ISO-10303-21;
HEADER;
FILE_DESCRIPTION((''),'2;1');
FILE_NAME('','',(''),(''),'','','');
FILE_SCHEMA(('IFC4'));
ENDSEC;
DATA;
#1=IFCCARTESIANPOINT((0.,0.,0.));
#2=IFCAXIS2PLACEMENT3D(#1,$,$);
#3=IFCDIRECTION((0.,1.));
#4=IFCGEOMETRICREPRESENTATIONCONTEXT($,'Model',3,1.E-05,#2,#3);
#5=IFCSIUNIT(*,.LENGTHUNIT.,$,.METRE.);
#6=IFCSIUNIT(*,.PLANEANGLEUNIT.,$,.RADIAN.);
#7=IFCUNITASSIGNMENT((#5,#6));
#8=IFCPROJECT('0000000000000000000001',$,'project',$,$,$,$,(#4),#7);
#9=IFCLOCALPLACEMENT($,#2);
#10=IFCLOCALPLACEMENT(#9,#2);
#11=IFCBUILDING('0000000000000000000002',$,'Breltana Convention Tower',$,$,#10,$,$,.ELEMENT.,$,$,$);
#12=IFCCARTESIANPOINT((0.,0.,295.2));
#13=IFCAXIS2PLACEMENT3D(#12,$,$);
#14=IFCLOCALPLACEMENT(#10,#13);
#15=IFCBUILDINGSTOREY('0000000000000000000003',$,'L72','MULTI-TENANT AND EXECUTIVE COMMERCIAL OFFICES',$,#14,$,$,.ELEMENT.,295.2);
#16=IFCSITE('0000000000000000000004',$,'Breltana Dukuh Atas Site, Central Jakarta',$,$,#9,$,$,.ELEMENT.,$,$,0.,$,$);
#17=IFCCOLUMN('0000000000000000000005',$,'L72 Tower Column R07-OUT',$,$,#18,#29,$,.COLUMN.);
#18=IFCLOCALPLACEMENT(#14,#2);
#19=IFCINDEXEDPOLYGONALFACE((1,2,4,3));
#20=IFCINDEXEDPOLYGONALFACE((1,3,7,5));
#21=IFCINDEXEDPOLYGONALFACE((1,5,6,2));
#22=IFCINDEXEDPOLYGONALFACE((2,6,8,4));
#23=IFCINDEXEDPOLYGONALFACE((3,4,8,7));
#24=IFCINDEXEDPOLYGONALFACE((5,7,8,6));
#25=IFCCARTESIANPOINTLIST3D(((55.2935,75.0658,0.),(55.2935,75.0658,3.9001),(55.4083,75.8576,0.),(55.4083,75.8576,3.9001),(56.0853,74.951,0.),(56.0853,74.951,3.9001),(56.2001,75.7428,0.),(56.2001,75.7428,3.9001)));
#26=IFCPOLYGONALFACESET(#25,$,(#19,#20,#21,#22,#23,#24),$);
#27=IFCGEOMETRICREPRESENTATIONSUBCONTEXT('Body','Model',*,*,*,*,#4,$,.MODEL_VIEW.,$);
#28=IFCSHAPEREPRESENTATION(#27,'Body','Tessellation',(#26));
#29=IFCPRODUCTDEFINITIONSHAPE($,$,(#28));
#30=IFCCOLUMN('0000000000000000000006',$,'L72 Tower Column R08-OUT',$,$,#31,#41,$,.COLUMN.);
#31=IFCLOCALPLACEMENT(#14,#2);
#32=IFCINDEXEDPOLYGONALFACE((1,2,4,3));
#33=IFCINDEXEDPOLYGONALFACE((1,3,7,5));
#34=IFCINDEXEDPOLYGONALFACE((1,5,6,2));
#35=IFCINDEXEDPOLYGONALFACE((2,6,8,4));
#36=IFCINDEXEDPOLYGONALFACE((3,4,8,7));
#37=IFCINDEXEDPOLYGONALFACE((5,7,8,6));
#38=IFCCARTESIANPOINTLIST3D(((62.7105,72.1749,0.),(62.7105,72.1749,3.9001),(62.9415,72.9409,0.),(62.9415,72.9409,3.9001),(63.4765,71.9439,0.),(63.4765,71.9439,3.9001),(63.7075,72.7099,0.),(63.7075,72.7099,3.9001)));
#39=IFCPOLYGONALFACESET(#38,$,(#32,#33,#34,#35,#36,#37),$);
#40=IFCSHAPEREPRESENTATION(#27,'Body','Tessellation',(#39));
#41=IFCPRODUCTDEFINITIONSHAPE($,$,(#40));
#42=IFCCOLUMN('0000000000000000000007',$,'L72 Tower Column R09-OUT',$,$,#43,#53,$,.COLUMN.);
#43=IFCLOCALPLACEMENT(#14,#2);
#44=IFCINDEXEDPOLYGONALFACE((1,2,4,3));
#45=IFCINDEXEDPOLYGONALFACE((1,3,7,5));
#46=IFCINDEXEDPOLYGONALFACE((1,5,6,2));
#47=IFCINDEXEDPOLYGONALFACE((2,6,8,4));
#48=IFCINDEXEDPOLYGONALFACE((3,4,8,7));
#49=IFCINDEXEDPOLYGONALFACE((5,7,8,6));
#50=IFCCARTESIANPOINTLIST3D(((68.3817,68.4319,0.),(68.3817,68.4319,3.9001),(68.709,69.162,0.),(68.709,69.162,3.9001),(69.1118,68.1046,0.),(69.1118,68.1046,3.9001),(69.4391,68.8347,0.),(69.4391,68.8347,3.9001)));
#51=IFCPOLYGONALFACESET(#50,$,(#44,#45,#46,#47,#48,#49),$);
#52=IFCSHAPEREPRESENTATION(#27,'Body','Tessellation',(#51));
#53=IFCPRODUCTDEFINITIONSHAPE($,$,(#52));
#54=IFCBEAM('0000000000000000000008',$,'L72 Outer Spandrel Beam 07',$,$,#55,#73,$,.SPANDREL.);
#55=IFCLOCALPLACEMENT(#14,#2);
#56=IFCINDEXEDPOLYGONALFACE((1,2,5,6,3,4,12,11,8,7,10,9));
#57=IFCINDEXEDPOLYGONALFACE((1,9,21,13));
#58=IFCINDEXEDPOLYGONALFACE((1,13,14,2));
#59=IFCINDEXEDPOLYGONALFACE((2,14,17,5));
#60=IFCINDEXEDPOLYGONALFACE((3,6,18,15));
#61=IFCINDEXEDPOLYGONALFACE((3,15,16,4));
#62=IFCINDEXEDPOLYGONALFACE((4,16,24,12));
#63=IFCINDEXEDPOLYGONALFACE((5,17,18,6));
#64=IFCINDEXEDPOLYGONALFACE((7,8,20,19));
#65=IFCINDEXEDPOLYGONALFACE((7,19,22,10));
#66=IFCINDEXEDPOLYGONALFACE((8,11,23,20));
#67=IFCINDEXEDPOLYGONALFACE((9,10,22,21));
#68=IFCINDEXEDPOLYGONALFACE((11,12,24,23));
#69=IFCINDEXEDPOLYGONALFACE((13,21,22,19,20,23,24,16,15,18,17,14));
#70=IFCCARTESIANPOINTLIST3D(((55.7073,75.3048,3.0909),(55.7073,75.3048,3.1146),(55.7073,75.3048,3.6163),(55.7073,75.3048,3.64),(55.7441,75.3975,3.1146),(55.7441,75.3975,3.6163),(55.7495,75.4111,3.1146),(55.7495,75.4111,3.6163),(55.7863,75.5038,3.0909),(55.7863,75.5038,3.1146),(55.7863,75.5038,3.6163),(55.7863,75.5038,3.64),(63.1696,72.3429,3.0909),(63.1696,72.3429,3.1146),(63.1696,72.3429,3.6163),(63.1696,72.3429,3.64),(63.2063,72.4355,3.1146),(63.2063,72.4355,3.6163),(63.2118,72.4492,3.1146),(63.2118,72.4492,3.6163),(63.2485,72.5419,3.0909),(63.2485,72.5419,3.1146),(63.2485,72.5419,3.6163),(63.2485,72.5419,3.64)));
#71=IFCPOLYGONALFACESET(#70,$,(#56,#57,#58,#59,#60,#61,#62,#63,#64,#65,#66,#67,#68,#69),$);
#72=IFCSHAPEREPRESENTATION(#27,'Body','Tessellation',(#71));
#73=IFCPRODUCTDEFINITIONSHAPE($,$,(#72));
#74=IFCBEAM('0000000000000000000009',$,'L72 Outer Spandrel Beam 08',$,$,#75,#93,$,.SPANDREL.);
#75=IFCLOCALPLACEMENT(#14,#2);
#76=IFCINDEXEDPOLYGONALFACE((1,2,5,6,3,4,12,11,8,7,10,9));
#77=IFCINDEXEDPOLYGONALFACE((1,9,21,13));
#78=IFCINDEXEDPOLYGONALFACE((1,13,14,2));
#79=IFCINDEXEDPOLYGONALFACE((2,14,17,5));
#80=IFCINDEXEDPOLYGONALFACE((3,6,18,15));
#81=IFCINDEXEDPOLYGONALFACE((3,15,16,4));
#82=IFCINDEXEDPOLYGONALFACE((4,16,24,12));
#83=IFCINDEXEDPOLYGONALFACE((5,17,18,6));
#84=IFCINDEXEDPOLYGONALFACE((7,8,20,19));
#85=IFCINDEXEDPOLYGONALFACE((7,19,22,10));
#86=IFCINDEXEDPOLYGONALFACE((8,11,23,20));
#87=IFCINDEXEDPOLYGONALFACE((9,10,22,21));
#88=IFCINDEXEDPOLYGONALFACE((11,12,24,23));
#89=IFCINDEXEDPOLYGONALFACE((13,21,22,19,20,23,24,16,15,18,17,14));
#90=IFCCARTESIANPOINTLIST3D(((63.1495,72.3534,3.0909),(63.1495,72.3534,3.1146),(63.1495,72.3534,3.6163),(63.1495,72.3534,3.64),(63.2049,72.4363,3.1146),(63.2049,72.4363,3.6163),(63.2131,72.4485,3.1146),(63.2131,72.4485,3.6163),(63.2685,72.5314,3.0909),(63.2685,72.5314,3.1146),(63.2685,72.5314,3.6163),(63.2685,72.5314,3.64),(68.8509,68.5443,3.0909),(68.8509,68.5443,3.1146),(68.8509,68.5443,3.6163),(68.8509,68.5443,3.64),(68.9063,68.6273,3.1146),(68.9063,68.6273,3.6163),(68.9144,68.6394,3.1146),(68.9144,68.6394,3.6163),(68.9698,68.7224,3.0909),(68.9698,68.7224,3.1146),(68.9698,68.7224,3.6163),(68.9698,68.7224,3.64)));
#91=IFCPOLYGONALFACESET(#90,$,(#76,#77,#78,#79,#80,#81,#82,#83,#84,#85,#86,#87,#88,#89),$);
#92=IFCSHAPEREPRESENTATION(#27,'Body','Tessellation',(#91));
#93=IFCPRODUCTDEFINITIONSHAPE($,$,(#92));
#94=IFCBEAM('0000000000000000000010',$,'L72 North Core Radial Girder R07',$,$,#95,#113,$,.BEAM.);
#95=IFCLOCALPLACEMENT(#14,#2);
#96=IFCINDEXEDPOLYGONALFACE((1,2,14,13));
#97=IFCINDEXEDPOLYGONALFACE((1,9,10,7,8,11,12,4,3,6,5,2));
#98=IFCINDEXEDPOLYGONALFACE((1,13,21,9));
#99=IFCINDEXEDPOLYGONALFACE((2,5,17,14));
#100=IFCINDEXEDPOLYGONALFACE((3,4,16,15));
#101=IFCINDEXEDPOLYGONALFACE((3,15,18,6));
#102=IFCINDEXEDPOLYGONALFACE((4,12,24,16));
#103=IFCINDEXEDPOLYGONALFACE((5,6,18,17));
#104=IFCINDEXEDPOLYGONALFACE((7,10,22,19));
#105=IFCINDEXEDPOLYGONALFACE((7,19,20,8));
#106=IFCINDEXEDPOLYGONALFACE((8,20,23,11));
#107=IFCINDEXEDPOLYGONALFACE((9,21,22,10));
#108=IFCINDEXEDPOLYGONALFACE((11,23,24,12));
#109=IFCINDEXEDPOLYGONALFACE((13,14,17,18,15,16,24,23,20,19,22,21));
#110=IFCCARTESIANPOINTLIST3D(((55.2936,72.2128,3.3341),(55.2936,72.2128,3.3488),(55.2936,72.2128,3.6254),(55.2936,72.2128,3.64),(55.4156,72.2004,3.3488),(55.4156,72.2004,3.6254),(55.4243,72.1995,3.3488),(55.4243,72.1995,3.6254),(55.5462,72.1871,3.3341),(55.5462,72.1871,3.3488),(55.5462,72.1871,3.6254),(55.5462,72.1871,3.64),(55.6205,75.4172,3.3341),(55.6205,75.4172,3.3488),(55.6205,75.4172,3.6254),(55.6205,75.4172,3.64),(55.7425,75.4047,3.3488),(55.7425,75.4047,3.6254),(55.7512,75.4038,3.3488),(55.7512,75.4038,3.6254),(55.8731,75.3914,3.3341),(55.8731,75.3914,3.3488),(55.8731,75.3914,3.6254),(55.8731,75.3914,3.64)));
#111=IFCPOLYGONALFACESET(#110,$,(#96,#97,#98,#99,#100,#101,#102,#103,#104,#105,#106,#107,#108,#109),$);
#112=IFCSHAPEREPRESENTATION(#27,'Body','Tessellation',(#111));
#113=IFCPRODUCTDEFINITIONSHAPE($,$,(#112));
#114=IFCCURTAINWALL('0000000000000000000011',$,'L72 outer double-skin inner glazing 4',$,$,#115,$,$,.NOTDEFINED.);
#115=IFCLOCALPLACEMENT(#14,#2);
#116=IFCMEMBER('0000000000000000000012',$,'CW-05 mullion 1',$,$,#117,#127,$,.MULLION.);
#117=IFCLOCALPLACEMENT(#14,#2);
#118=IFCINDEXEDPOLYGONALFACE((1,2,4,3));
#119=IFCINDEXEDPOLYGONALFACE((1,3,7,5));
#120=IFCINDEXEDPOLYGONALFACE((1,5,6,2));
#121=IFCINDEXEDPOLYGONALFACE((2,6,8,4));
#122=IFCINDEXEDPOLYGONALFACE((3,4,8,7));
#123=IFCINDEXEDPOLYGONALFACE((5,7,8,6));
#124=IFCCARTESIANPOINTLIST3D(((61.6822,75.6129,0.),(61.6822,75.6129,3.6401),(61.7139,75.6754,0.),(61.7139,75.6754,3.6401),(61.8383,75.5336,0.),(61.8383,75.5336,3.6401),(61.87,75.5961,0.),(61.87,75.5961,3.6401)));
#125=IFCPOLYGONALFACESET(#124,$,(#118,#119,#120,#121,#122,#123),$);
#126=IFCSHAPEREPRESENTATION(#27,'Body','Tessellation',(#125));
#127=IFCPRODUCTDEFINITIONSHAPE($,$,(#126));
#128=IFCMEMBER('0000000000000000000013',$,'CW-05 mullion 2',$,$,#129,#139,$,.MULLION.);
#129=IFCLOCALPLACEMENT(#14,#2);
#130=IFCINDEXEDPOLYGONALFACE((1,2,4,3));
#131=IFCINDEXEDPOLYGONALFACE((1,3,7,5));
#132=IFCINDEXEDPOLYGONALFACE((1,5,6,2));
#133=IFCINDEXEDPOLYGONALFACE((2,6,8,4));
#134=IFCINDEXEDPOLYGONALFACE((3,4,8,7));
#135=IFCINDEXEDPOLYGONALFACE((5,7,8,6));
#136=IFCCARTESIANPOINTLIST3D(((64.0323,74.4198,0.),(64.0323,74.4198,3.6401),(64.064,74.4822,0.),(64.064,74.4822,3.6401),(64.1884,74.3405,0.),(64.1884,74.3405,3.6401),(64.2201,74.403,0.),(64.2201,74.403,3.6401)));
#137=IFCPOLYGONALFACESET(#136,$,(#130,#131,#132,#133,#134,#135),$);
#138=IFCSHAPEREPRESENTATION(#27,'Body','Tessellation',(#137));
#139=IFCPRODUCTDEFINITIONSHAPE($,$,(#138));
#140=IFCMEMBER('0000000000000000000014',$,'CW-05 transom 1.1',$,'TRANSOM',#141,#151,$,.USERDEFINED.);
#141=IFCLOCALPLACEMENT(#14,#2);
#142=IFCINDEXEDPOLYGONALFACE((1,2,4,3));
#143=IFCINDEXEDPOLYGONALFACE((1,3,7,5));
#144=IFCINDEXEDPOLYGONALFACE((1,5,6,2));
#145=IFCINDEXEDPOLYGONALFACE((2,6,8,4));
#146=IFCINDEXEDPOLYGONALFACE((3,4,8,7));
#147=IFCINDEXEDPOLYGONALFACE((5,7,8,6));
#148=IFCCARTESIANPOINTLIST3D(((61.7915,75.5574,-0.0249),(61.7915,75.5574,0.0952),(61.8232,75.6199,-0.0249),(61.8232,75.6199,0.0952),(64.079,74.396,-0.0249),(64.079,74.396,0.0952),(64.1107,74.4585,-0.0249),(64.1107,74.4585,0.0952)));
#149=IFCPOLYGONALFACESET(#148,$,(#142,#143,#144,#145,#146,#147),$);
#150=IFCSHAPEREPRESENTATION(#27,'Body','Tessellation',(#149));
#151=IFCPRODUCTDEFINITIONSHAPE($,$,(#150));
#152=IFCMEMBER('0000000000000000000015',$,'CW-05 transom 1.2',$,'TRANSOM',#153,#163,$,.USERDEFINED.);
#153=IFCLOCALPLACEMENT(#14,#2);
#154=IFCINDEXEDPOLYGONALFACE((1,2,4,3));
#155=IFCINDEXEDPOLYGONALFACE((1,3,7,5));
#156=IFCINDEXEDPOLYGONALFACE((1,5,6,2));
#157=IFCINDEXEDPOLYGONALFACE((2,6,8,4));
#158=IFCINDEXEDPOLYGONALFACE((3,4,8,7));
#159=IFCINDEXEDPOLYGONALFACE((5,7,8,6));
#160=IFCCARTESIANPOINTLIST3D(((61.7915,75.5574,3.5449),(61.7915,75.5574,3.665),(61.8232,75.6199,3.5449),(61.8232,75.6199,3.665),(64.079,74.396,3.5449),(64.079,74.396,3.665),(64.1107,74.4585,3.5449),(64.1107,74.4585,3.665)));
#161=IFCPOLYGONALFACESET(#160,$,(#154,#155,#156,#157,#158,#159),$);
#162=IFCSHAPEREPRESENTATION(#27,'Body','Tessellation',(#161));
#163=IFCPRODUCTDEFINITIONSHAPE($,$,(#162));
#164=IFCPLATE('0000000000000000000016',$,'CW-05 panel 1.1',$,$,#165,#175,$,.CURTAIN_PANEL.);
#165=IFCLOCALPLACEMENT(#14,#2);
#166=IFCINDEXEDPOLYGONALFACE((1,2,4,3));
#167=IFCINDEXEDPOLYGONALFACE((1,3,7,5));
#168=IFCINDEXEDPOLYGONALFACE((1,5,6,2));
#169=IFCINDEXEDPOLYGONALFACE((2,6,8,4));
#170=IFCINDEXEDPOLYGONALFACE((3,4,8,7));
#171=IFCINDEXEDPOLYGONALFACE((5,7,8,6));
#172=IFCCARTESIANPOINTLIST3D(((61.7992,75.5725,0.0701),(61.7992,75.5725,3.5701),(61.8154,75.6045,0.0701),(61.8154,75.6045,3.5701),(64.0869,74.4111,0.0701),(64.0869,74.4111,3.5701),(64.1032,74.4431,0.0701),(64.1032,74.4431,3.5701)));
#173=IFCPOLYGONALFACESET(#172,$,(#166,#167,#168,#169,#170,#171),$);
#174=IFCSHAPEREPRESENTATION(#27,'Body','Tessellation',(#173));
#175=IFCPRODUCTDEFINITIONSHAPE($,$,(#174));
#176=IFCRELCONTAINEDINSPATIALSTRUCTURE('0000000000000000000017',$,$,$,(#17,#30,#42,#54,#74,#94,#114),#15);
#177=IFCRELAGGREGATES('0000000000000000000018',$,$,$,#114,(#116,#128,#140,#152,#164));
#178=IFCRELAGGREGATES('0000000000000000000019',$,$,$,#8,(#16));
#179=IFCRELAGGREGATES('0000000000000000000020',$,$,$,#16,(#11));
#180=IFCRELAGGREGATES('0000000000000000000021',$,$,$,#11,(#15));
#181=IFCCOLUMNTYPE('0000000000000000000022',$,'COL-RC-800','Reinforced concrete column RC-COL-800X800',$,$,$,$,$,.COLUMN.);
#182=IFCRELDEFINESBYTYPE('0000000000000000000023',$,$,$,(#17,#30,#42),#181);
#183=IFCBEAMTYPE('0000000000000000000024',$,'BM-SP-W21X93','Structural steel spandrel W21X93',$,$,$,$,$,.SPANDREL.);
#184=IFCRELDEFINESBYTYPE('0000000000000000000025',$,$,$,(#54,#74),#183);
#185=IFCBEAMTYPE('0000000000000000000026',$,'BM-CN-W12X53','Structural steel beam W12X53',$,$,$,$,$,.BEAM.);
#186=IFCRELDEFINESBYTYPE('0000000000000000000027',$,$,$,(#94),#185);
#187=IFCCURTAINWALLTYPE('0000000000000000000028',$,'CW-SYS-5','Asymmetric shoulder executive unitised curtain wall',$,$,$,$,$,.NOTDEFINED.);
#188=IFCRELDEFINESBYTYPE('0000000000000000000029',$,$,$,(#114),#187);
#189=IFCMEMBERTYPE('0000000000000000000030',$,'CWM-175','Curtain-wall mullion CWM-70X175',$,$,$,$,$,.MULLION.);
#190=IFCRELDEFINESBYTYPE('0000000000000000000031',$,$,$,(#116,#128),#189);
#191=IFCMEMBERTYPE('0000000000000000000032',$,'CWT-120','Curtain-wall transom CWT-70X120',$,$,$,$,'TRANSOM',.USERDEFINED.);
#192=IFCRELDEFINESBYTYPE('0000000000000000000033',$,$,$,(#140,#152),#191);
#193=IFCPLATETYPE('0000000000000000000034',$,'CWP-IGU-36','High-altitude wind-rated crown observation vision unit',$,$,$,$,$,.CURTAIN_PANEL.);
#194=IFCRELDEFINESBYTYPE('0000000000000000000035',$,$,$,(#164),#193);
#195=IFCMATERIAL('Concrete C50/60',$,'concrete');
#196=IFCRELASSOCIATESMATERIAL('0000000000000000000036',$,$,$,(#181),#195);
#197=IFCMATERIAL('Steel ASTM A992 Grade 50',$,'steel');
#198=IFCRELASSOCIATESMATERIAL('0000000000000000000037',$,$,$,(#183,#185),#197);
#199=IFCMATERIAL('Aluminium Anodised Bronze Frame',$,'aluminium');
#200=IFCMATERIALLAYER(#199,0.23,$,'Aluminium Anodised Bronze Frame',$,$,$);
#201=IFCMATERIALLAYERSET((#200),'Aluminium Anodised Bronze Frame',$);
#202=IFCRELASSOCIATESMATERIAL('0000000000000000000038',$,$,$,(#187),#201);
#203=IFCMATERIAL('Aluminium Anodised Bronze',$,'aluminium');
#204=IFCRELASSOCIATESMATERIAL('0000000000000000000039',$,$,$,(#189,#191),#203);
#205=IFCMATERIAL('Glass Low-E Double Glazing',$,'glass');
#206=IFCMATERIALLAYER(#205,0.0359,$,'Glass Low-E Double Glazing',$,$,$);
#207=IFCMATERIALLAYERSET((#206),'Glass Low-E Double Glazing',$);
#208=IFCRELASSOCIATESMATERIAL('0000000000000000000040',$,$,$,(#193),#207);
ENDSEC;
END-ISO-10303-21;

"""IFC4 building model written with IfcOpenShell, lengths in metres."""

from ifc_helpers import new_model, si_unit, direction, frame, origin, origin_2d, place, context, subcontext, project, spatial, rectangle, i_section, extrude, source, transform, mapped, material, layer, layer_set, material_profile, profile_set, type_object, element, aggregate, save


model = new_model("IFC4")

# Units and contexts
model_context = context("Model", 3, precision=1e-05, world=origin(), true_north=direction((0.0, 1.0)))
body_context = subcontext(model_context, "Body", "Model", "MODEL_VIEW")
ifc_project = project(units=[si_unit("LENGTHUNIT", "METRE"), si_unit("PLANEANGLEUNIT", "RADIAN")], contexts=[model_context])

# Site, building, storey
site_placement = place(None, origin())
site = spatial("IfcSite", under=ifc_project, at=site_placement, Name="Breltana Dukuh Atas Site, Central Jakarta", CompositionType="ELEMENT", RefElevation=0.0)
building_placement = place(site_placement, origin())
building = spatial("IfcBuilding", under=site, at=building_placement, Name="Breltana Convention Tower", CompositionType="ELEMENT")
storey_placement = place(building_placement, frame((0.0, 0.0, 295.2)))
storey = spatial("IfcBuildingStorey", under=building, at=storey_placement, Name="L72", Description="MULTI-TENANT AND EXECUTIVE COMMERCIAL OFFICES", CompositionType="ELEMENT", Elevation=295.2)

# Columns
ifc_material_1 = material(Name="Concrete C50/60", Category="concrete")
ifc_material_profile_1 = material_profile(ifc_material_1, rectangle(XDim=0.8, YDim=0.8, at=origin_2d()), Name="RC-COL-800X800")
ifc_profile_set_1 = profile_set([ifc_material_profile_1], Name="Concrete C50/60")
column_type = type_object("IfcColumnType", Name="COL-RC-800", Description="Reinforced concrete column RC-COL-800X800", PredefinedType="COLUMN", material=ifc_profile_set_1)
shared_shape_1 = source(origin(), body_context, "Body", "SweptSolid", [
    extrude(rectangle(XDim=0.8, YDim=0.8, at=origin_2d()), origin(), (0.0, 0.0, 1.0), 3.9001),
])
for number, where, z_axis, x_axis, name in (
    (1, (55.7468, 75.4043, 0.0), (0.0, 0.0, 1.0), (0.143493, 0.989651, 0.0), "L72 Tower Column R07-OUT"),
    (2, (63.209, 72.4424, 0.0), (0.0, 0.0, 1.0), (0.288698, 0.95742, 0.0), "L72 Tower Column R08-OUT"),
    (3, (68.9104, 68.6333, 0.0), (0.0, 0.0, 1.0), (0.409127, 0.912477, 0.0), "L72 Tower Column R09-OUT"),
):
    element("IfcColumn", number, at=place(storey_placement, frame(where, z_axis=z_axis, x_axis=x_axis)), inside=storey, type_object=column_type, Name=name, PredefinedType="COLUMN", context=body_context, shape_type="MappedRepresentation", body=[
        mapped(shared_shape_1, transform((0.0, 0.0, 0.0), scale=1.0)),
    ])

# Beams
ifc_material_2 = material(Name="Steel ASTM A992 Grade 50", Category="steel")
ifc_material_profile_2 = material_profile(ifc_material_2, i_section(OverallWidth=0.2141, OverallDepth=0.5491, WebThickness=0.0146, FlangeThickness=0.0237, at=origin_2d()), Name="W21X93")
ifc_profile_set_2 = profile_set([ifc_material_profile_2], Name="Steel ASTM A992 Grade 50")
beam_type_1 = type_object("IfcBeamType", Name="BM-SP-W21X93", Description="Structural steel spandrel W21X93", PredefinedType="SPANDREL", material=ifc_profile_set_2)
shared_shape_2 = source(origin(), body_context, "Body", "SweptSolid", [
    extrude(i_section(OverallWidth=0.2141, OverallDepth=0.5491, WebThickness=0.0146, FlangeThickness=0.0237, at=origin_2d()), origin(), (0.0, 0.0, 1.0), 8.0286),
])
beam_1_placement = place(storey_placement, frame((55.7468, 75.4043, 3.3655), z_axis=(0.929459, -0.368925, 0.0), x_axis=(0.368925, 0.929459, 0.0)))
element("IfcBeam", 4, at=beam_1_placement, inside=storey, type_object=beam_type_1, Name="L72 Outer Spandrel Beam 07", PredefinedType="SPANDREL", context=body_context, shape_type="MappedRepresentation", body=[
    mapped(shared_shape_2, transform((0.0, 0.0, 0.0), scale=1.0)),
])
shared_shape_3 = source(origin(), body_context, "Body", "SweptSolid", [
    extrude(i_section(OverallWidth=0.2141, OverallDepth=0.5491, WebThickness=0.0146, FlangeThickness=0.0237, at=origin_2d()), origin(), (0.0, 0.0, 1.0), 6.8567),
])
beam_2_placement = place(storey_placement, frame((63.209, 72.4424, 3.3655), z_axis=(0.831502, -0.555522, 0.0), x_axis=(0.555522, 0.831502, 0.0)))
element("IfcBeam", 5, at=beam_2_placement, inside=storey, type_object=beam_type_1, Name="L72 Outer Spandrel Beam 08", PredefinedType="SPANDREL", context=body_context, shape_type="MappedRepresentation", body=[
    mapped(shared_shape_3, transform((0.0, 0.0, 0.0), scale=1.0)),
])
ifc_material_profile_3 = material_profile(ifc_material_2, i_section(OverallWidth=0.2539, OverallDepth=0.3059, WebThickness=0.0088, FlangeThickness=0.0146, at=origin_2d()), Name="W12X53")
ifc_profile_set_3 = profile_set([ifc_material_profile_3], Name="Steel ASTM A992 Grade 50")
beam_type_2 = type_object("IfcBeamType", Name="BM-CN-W12X53", Description="Structural steel beam W12X53", PredefinedType="BEAM", material=ifc_profile_set_3)
shared_shape_4 = source(origin(), body_context, "Body", "SweptSolid", [
    extrude(i_section(OverallWidth=0.2539, OverallDepth=0.3059, WebThickness=0.0088, FlangeThickness=0.0146, at=origin_2d()), origin(), (0.0, 0.0, 1.0), 3.2209),
])
beam_3_placement = place(storey_placement, frame((55.4199, 72.2, 3.4871), z_axis=(0.101492, 0.994836, 0.0), x_axis=(-0.994836, 0.101492, 0.0)))
element("IfcBeam", 6, at=beam_3_placement, inside=storey, type_object=beam_type_2, Name="L72 North Core Radial Girder R07", PredefinedType="BEAM", context=body_context, shape_type="MappedRepresentation", body=[
    mapped(shared_shape_4, transform((0.0, 0.0, 0.0), scale=1.0)),
])

# Curtain wall, members, plate
ifc_material_3 = material(Name="Aluminium Anodised Bronze Frame", Category="aluminium")
ifc_layer_1 = layer(ifc_material_3, 0.23, Name="Aluminium Anodised Bronze Frame")
ifc_layer_set_1 = layer_set([ifc_layer_1], Name="Aluminium Anodised Bronze Frame")
curtain_wall_type = type_object("IfcCurtainWallType", Name="CW-SYS-5", Description="Asymmetric shoulder executive unitised curtain wall", PredefinedType="NOTDEFINED", material=ifc_layer_set_1)
curtain_wall_placement = place(storey_placement, origin())
curtain_wall = element("IfcCurtainWall", 7, at=curtain_wall_placement, inside=storey, type_object=curtain_wall_type, Name="L72 outer double-skin inner glazing 4", PredefinedType="NOTDEFINED")
ifc_material_4 = material(Name="Aluminium Anodised Bronze", Category="aluminium")
ifc_material_profile_4 = material_profile(ifc_material_4, rectangle(XDim=0.0701, YDim=0.175, at=origin_2d()), Name="CWM-70X175")
ifc_profile_set_4 = profile_set([ifc_material_profile_4], Name="Aluminium Anodised Bronze")
member_type_1 = type_object("IfcMemberType", Name="CWM-175", Description="Curtain-wall mullion CWM-70X175", PredefinedType="MULLION", material=ifc_profile_set_4)
shared_shape_5 = source(origin(), body_context, "Body", "SweptSolid", [
    extrude(rectangle(XDim=0.0701, YDim=0.175, at=origin_2d()), origin(), (0.0, 0.0, 1.0), 3.6401),
])
member_1_placement = place(storey_placement, frame((61.7761, 75.6045, 0.0), z_axis=(0.0, 0.0, 1.0), x_axis=(0.45269, 0.891668, 0.0)))
member_1 = element("IfcMember", 8, at=member_1_placement, type_object=member_type_1, Name="CW-05 mullion 1", PredefinedType="MULLION", context=body_context, shape_type="MappedRepresentation", body=[
    mapped(shared_shape_5, transform((0.0, 0.0, 0.0), scale=1.0)),
])
member_2_placement = place(storey_placement, frame((64.1262, 74.4114, 0.0), z_axis=(0.0, 0.0, 1.0), x_axis=(0.45269, 0.891668, 0.0)))
member_2 = element("IfcMember", 9, at=member_2_placement, type_object=member_type_1, Name="CW-05 mullion 2", PredefinedType="MULLION", context=body_context, shape_type="MappedRepresentation", body=[
    mapped(shared_shape_5, transform((0.0, 0.0, 0.0), scale=1.0)),
])
ifc_material_profile_5 = material_profile(ifc_material_4, rectangle(XDim=0.0701, YDim=0.1201, at=origin_2d()), Name="CWT-70X120")
ifc_profile_set_5 = profile_set([ifc_material_profile_5], Name="Aluminium Anodised Bronze")
member_type_2 = type_object("IfcMemberType", Name="CWT-120", Description="Curtain-wall transom CWT-70X120", ElementType="TRANSOM", PredefinedType="USERDEFINED", material=ifc_profile_set_5)
shared_shape_6 = source(origin(), body_context, "Body", "SweptSolid", [
    extrude(rectangle(XDim=0.0701, YDim=0.1201, at=origin_2d()), origin(), (0.0, 0.0, 1.0), 2.5654),
])
member_3_placement = place(storey_placement, frame((61.8074, 75.5886, 0.0352), z_axis=(0.89167, -0.452687, 0.0), x_axis=(0.452687, 0.89167, 0.0)))
member_3 = element("IfcMember", 10, at=member_3_placement, type_object=member_type_2, Name="CW-05 transom 1.1", ObjectType="TRANSOM", PredefinedType="USERDEFINED", context=body_context, shape_type="MappedRepresentation", body=[
    mapped(shared_shape_6, transform((0.0, 0.0, 0.0), scale=1.0)),
])
member_4_placement = place(storey_placement, frame((61.8074, 75.5886, 3.605), z_axis=(0.89167, -0.452687, 0.0), x_axis=(0.452687, 0.89167, 0.0)))
member_4 = element("IfcMember", 11, at=member_4_placement, type_object=member_type_2, Name="CW-05 transom 1.2", ObjectType="TRANSOM", PredefinedType="USERDEFINED", context=body_context, shape_type="MappedRepresentation", body=[
    mapped(shared_shape_6, transform((0.0, 0.0, 0.0), scale=1.0)),
])
ifc_material_5 = material(Name="Glass Low-E Double Glazing", Category="glass")
ifc_layer_2 = layer(ifc_material_5, 0.0359, Name="Glass Low-E Double Glazing")
ifc_layer_set_2 = layer_set([ifc_layer_2], Name="Glass Low-E Double Glazing")
plate_type = type_object("IfcPlateType", Name="CWP-IGU-36", Description="High-altitude wind-rated crown observation vision unit", PredefinedType="CURTAIN_PANEL", material=ifc_layer_set_2)
shared_shape_7 = source(origin(), body_context, "Body", "SweptSolid", [
    extrude(rectangle(XDim=2.5657, YDim=0.0359, at=origin_2d()), origin(), (0.0, 0.0, 1.0), 3.5),
])
plate_placement = place(storey_placement, frame((62.9512, 75.0078, 0.0701), z_axis=(0.0, 0.0, 1.0), x_axis=(0.891668, -0.45269, 0.0)))
plate = element("IfcPlate", 12, at=plate_placement, type_object=plate_type, Name="CW-05 panel 1.1", PredefinedType="CURTAIN_PANEL", context=body_context, shape_type="MappedRepresentation", body=[
    mapped(shared_shape_7, transform((0.0, 0.0, 0.0), scale=1.0)),
])
aggregate(curtain_wall, [member_1, member_2, member_3, member_4, plate])

save(model, "model.ifc")
